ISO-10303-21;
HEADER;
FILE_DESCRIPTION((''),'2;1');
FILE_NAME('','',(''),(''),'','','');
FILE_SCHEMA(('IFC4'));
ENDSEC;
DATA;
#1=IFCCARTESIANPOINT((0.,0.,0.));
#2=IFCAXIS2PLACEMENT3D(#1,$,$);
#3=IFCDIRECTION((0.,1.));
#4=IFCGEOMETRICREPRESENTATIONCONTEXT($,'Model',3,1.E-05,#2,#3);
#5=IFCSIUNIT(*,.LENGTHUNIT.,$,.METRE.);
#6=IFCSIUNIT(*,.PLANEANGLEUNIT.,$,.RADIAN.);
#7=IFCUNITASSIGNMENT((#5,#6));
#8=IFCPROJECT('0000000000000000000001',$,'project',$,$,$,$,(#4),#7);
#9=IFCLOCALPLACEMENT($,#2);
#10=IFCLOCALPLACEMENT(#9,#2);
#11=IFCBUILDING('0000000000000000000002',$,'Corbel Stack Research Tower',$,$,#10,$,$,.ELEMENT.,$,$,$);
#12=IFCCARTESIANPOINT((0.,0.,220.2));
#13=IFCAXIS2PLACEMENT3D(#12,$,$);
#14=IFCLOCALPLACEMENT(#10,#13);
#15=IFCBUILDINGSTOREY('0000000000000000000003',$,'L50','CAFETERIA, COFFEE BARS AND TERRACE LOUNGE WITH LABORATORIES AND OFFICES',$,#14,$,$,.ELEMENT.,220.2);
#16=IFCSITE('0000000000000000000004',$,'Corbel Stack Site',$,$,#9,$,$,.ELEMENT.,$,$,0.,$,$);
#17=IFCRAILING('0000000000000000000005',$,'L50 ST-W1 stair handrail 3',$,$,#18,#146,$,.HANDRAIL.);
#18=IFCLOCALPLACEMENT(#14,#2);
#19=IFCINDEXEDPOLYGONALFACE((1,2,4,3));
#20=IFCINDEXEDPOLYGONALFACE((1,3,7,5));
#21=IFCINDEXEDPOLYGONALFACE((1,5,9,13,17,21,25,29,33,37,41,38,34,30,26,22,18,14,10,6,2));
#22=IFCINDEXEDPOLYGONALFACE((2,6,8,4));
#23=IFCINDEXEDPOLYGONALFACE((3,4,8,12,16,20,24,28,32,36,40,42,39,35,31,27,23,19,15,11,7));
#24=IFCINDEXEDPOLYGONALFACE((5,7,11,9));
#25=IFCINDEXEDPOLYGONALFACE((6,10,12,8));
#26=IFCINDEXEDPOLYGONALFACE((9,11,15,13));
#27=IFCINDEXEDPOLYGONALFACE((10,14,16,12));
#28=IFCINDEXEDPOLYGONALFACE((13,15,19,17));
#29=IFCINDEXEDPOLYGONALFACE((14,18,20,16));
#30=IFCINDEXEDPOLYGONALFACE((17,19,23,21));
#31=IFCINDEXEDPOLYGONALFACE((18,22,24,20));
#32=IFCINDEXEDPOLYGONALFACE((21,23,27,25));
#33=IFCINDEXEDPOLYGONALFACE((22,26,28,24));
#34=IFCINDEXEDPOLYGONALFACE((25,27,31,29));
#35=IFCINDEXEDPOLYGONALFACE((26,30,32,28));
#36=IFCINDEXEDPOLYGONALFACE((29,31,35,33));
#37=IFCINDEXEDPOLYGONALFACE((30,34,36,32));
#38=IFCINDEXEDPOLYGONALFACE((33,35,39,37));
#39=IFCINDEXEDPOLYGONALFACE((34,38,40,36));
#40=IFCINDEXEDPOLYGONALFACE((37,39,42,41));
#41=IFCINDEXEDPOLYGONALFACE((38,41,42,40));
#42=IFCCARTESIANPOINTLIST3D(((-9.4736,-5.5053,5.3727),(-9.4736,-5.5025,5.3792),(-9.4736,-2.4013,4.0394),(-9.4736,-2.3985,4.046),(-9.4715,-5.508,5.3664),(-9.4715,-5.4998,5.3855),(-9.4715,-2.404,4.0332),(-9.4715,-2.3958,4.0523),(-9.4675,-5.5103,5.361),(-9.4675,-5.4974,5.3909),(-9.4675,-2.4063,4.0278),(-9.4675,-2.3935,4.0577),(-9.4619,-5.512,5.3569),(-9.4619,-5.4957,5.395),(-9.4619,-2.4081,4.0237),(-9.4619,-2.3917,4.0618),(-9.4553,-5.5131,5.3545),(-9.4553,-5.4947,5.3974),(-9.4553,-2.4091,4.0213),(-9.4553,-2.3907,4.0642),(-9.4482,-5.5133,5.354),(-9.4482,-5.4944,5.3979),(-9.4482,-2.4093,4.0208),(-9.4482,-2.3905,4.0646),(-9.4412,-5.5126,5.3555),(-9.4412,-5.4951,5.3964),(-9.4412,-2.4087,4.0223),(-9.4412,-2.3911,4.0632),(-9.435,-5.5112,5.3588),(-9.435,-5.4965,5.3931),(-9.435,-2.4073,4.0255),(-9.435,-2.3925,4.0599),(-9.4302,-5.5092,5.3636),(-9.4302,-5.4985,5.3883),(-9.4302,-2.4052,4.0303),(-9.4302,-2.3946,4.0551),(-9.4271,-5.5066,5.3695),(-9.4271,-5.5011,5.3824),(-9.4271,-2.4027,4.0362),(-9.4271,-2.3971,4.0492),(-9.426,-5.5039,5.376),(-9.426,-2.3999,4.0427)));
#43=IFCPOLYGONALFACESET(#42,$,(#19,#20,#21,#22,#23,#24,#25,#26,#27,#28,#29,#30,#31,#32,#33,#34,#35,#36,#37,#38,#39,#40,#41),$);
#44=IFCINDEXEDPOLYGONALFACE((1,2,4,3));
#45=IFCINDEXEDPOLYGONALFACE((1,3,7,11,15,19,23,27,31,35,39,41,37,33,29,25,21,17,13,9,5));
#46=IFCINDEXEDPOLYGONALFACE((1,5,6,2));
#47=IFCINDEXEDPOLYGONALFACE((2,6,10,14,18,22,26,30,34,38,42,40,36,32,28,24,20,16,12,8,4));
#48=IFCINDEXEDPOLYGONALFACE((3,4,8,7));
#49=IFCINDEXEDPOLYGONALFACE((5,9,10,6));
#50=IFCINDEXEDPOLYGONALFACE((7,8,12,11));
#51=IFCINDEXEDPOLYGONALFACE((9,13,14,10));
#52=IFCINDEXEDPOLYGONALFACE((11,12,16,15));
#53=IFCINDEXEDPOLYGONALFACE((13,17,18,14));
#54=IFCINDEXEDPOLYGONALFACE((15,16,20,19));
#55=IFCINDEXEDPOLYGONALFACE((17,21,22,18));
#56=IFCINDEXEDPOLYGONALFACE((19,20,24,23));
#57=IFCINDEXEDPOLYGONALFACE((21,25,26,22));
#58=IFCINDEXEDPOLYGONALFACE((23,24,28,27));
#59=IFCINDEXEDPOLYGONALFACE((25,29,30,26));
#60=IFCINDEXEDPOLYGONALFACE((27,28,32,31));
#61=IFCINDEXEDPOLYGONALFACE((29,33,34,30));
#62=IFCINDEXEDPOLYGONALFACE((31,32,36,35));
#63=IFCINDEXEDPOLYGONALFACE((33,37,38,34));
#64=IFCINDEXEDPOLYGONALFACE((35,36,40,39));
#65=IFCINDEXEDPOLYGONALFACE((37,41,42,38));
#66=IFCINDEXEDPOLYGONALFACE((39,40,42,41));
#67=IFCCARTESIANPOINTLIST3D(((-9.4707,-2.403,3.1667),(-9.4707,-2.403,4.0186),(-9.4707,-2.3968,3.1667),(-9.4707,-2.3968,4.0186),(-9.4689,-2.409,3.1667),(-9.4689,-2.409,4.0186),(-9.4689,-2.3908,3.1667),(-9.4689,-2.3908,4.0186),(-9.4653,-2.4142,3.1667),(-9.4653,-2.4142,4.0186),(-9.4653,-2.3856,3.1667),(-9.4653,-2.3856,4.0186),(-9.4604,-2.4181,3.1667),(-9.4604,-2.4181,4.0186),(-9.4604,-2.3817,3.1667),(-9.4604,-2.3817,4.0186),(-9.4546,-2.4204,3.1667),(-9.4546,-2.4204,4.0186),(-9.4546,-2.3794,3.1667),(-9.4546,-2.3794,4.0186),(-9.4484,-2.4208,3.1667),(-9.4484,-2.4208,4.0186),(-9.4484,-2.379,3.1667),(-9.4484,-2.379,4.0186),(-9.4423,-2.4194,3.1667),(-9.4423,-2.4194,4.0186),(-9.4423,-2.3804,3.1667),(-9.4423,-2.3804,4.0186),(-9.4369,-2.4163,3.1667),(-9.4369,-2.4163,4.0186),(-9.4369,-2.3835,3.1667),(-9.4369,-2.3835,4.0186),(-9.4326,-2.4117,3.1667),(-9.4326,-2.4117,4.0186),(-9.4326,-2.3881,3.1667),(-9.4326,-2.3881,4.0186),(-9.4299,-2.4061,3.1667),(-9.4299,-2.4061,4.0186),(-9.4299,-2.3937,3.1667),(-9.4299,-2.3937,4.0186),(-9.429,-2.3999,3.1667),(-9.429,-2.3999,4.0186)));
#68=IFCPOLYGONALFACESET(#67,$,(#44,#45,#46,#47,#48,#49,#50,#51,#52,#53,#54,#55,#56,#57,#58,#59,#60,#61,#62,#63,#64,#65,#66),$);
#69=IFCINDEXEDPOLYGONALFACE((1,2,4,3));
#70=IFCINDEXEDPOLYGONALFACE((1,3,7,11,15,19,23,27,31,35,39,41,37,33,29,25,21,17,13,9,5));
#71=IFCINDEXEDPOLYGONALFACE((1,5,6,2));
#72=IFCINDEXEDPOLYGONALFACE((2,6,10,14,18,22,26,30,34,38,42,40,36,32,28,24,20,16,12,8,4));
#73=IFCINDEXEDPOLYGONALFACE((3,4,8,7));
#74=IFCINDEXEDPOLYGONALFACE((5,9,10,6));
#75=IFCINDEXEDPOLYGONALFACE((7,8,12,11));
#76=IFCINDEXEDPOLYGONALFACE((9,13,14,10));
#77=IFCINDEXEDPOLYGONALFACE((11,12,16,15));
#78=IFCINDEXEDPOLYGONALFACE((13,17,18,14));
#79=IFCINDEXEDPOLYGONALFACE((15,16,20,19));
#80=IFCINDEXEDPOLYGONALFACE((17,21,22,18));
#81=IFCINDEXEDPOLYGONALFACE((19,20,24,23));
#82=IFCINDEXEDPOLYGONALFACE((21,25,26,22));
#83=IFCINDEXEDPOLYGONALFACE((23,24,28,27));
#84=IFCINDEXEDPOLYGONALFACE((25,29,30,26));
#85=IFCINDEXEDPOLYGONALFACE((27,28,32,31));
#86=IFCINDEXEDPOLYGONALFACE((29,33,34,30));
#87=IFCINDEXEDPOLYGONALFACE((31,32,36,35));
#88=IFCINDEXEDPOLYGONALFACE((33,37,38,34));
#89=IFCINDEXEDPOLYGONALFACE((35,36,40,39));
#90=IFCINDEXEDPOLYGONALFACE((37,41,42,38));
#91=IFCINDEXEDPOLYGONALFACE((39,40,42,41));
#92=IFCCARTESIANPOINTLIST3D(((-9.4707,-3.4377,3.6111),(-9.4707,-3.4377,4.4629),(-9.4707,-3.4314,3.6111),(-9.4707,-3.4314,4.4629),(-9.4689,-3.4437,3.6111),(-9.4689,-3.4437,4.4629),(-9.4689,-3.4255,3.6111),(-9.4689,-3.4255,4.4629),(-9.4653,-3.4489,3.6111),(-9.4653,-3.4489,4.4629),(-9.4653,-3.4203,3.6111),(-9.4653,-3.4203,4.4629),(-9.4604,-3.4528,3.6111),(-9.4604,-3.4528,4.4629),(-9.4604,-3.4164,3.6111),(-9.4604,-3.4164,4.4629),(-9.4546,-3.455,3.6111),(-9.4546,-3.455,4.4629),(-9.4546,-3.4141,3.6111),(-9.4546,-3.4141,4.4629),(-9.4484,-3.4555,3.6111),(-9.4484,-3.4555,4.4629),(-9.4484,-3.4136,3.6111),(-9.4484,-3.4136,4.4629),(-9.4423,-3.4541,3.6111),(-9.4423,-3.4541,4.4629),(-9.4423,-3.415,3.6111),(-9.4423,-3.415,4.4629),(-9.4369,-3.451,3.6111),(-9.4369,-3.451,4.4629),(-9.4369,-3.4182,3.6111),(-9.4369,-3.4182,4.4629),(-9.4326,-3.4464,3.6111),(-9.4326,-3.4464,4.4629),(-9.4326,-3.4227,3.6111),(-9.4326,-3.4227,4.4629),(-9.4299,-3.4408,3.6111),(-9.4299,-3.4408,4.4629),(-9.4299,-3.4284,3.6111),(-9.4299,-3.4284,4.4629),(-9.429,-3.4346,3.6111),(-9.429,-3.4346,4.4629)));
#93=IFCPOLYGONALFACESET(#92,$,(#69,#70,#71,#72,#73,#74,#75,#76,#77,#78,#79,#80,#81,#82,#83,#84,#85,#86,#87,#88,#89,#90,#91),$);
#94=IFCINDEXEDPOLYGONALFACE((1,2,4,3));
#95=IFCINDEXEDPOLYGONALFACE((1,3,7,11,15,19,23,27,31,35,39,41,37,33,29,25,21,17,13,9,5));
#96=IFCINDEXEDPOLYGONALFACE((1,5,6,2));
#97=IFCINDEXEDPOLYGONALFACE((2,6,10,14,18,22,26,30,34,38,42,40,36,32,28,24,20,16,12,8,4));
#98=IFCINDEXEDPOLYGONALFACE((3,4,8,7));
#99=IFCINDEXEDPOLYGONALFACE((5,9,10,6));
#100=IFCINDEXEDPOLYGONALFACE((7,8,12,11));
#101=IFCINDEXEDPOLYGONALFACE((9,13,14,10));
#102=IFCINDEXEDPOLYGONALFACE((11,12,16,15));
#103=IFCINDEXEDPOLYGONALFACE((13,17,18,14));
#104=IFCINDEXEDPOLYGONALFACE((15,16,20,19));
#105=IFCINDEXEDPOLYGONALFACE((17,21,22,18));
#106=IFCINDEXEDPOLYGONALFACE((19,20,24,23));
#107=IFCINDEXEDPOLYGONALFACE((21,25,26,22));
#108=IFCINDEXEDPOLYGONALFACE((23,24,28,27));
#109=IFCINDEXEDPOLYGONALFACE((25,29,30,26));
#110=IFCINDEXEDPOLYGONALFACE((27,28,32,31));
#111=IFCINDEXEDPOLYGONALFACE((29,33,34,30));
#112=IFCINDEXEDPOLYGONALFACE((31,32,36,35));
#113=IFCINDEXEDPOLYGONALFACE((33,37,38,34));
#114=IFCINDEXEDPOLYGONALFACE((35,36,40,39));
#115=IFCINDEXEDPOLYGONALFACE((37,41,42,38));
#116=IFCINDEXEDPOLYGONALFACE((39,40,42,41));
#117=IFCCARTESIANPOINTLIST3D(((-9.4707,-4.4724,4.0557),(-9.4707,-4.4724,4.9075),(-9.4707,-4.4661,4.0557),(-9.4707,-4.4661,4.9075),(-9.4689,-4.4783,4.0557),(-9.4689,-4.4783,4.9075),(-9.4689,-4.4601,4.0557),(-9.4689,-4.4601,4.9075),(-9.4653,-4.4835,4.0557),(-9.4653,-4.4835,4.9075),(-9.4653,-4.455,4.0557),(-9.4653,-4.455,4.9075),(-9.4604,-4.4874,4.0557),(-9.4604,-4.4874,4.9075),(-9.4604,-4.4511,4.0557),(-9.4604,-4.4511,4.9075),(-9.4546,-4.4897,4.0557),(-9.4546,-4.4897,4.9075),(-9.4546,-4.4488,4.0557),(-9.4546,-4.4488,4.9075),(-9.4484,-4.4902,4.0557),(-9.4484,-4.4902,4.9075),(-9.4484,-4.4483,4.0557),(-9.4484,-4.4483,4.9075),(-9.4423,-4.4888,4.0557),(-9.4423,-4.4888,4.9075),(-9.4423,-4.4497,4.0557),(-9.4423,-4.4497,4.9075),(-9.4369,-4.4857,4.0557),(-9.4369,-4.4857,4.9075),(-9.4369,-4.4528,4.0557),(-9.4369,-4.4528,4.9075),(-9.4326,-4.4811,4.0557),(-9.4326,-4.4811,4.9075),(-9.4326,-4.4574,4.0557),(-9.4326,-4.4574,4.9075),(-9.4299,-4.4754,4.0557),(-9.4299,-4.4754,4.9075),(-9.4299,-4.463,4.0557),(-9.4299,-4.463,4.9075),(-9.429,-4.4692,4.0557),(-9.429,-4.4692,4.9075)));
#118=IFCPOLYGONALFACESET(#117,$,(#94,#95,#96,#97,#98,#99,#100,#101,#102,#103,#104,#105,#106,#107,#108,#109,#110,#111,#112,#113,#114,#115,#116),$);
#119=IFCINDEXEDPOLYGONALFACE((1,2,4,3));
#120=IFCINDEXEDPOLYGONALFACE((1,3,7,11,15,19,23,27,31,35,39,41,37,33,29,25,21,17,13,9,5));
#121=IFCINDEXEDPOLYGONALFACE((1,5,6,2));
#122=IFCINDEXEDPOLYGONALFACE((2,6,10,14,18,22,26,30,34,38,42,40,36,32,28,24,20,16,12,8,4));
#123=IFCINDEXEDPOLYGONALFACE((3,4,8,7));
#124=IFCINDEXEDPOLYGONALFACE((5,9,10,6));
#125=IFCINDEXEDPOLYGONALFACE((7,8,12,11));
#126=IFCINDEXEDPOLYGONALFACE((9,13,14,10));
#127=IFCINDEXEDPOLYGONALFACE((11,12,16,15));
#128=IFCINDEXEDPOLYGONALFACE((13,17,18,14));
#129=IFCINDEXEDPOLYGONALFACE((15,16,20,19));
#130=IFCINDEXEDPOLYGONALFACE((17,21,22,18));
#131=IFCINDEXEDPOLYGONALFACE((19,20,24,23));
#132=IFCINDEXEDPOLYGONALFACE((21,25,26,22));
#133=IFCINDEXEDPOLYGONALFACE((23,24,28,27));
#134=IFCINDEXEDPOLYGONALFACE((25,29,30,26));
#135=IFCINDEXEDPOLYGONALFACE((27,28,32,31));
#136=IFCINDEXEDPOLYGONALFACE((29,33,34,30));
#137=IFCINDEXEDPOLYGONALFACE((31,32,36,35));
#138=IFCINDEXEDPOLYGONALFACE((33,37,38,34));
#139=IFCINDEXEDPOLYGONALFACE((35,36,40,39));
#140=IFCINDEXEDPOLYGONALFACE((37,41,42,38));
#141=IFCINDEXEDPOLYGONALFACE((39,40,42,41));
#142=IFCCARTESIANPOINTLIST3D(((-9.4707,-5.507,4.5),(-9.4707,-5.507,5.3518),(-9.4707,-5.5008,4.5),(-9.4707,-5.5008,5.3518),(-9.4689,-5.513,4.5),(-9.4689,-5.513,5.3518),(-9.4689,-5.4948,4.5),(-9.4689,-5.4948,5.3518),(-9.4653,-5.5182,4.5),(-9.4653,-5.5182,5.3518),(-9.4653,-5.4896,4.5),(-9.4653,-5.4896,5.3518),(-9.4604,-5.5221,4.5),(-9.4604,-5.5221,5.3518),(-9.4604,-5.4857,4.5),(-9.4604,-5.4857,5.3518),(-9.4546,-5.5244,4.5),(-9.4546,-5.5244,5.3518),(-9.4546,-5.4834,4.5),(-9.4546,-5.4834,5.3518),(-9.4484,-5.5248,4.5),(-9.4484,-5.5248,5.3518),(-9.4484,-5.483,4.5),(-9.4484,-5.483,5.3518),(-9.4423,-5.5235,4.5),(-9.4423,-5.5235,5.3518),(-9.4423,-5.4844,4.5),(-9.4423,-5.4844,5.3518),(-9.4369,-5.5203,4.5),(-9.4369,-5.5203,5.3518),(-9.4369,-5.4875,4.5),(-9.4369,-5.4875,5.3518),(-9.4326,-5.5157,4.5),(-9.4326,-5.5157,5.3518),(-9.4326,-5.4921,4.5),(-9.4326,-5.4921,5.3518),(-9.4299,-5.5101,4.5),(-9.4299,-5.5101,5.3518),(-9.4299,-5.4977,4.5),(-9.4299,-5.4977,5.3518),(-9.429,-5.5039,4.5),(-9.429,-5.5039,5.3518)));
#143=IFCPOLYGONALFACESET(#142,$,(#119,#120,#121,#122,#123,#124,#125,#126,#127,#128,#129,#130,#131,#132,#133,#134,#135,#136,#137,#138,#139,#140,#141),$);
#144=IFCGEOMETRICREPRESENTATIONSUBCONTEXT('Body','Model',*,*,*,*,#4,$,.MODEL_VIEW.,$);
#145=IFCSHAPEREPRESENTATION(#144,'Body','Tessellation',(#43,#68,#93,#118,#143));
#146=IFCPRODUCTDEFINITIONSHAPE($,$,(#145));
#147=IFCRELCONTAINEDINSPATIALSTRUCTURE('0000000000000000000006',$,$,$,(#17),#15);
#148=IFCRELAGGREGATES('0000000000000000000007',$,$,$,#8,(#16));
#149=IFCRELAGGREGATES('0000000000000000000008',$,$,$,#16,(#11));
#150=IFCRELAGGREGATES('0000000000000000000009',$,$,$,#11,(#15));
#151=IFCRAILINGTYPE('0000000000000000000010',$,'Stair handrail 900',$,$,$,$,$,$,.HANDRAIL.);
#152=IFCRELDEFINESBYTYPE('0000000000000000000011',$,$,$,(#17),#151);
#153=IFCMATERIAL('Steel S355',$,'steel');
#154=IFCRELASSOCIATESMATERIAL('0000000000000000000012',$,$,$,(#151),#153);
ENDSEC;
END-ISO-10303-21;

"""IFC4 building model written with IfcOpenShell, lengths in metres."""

from ifc_helpers import new_model, si_unit, direction, frame, origin, origin_2d, place, context, subcontext, project, spatial, circle, extrude, material, type_object, element, save


model = new_model("IFC4")

# Units and contexts
model_context = context("Model", 3, precision=1e-05, world=origin(), true_north=direction((0.0, 1.0)))
body_context = subcontext(model_context, "Body", "Model", "MODEL_VIEW")
ifc_project = project(units=[si_unit("LENGTHUNIT", "METRE"), si_unit("PLANEANGLEUNIT", "RADIAN")], contexts=[model_context])

# Site, building, storey
site_placement = place(None, origin())
site = spatial("IfcSite", under=ifc_project, at=site_placement, Name="Corbel Stack Site", CompositionType="ELEMENT", RefElevation=0.0)
building_placement = place(site_placement, origin())
building = spatial("IfcBuilding", under=site, at=building_placement, Name="Corbel Stack Research Tower", CompositionType="ELEMENT")
storey_placement = place(building_placement, frame((0.0, 0.0, 220.2)))
storey = spatial("IfcBuildingStorey", under=building, at=storey_placement, Name="L50", Description="CAFETERIA, COFFEE BARS AND TERRACE LOUNGE WITH LABORATORIES AND OFFICES", CompositionType="ELEMENT", Elevation=220.2)

# Railing
ifc_material_1 = material(Name="Steel S355", Category="steel")
railing_type_1 = type_object("IfcRailingType", Name="Stair handrail 900", PredefinedType="HANDRAIL", material=ifc_material_1)
for number, where, name in (
    (1, (-9.45, -2.3999, 3.1667), "L50 ST-W1 stair handrail 3"),
):
    element("IfcRailing", number, at=place(storey_placement, frame(where)), inside=storey, type_object=railing_type_1, Name=name, PredefinedType="HANDRAIL", context=body_context, shape_type="SweptSolid", body=[
        extrude(circle(Radius=0.0239, at=origin_2d()), frame((0.0, 0.0, 0.876), z_axis=(0.0, -0.918827, 0.394661), x_axis=(1.0, 0.0, 0.0)), (0.0, 0.0, 1.0), 3.3782),
        extrude(circle(Radius=0.021, at=origin_2d()), origin(), (0.0, 0.0, 1.0), 0.8518),
        extrude(circle(Radius=0.021, at=origin_2d()), frame((0.0, -1.0347, 0.4443)), (0.0, 0.0, 1.0), 0.8518),
        extrude(circle(Radius=0.021, at=origin_2d()), frame((0.0, -2.0693, 0.8889)), (0.0, 0.0, 1.0), 0.8518),
        extrude(circle(Radius=0.021, at=origin_2d()), frame((0.0, -3.104, 1.3333)), (0.0, 0.0, 1.0), 0.8518),
    ])

save(model, "model.ifc")
